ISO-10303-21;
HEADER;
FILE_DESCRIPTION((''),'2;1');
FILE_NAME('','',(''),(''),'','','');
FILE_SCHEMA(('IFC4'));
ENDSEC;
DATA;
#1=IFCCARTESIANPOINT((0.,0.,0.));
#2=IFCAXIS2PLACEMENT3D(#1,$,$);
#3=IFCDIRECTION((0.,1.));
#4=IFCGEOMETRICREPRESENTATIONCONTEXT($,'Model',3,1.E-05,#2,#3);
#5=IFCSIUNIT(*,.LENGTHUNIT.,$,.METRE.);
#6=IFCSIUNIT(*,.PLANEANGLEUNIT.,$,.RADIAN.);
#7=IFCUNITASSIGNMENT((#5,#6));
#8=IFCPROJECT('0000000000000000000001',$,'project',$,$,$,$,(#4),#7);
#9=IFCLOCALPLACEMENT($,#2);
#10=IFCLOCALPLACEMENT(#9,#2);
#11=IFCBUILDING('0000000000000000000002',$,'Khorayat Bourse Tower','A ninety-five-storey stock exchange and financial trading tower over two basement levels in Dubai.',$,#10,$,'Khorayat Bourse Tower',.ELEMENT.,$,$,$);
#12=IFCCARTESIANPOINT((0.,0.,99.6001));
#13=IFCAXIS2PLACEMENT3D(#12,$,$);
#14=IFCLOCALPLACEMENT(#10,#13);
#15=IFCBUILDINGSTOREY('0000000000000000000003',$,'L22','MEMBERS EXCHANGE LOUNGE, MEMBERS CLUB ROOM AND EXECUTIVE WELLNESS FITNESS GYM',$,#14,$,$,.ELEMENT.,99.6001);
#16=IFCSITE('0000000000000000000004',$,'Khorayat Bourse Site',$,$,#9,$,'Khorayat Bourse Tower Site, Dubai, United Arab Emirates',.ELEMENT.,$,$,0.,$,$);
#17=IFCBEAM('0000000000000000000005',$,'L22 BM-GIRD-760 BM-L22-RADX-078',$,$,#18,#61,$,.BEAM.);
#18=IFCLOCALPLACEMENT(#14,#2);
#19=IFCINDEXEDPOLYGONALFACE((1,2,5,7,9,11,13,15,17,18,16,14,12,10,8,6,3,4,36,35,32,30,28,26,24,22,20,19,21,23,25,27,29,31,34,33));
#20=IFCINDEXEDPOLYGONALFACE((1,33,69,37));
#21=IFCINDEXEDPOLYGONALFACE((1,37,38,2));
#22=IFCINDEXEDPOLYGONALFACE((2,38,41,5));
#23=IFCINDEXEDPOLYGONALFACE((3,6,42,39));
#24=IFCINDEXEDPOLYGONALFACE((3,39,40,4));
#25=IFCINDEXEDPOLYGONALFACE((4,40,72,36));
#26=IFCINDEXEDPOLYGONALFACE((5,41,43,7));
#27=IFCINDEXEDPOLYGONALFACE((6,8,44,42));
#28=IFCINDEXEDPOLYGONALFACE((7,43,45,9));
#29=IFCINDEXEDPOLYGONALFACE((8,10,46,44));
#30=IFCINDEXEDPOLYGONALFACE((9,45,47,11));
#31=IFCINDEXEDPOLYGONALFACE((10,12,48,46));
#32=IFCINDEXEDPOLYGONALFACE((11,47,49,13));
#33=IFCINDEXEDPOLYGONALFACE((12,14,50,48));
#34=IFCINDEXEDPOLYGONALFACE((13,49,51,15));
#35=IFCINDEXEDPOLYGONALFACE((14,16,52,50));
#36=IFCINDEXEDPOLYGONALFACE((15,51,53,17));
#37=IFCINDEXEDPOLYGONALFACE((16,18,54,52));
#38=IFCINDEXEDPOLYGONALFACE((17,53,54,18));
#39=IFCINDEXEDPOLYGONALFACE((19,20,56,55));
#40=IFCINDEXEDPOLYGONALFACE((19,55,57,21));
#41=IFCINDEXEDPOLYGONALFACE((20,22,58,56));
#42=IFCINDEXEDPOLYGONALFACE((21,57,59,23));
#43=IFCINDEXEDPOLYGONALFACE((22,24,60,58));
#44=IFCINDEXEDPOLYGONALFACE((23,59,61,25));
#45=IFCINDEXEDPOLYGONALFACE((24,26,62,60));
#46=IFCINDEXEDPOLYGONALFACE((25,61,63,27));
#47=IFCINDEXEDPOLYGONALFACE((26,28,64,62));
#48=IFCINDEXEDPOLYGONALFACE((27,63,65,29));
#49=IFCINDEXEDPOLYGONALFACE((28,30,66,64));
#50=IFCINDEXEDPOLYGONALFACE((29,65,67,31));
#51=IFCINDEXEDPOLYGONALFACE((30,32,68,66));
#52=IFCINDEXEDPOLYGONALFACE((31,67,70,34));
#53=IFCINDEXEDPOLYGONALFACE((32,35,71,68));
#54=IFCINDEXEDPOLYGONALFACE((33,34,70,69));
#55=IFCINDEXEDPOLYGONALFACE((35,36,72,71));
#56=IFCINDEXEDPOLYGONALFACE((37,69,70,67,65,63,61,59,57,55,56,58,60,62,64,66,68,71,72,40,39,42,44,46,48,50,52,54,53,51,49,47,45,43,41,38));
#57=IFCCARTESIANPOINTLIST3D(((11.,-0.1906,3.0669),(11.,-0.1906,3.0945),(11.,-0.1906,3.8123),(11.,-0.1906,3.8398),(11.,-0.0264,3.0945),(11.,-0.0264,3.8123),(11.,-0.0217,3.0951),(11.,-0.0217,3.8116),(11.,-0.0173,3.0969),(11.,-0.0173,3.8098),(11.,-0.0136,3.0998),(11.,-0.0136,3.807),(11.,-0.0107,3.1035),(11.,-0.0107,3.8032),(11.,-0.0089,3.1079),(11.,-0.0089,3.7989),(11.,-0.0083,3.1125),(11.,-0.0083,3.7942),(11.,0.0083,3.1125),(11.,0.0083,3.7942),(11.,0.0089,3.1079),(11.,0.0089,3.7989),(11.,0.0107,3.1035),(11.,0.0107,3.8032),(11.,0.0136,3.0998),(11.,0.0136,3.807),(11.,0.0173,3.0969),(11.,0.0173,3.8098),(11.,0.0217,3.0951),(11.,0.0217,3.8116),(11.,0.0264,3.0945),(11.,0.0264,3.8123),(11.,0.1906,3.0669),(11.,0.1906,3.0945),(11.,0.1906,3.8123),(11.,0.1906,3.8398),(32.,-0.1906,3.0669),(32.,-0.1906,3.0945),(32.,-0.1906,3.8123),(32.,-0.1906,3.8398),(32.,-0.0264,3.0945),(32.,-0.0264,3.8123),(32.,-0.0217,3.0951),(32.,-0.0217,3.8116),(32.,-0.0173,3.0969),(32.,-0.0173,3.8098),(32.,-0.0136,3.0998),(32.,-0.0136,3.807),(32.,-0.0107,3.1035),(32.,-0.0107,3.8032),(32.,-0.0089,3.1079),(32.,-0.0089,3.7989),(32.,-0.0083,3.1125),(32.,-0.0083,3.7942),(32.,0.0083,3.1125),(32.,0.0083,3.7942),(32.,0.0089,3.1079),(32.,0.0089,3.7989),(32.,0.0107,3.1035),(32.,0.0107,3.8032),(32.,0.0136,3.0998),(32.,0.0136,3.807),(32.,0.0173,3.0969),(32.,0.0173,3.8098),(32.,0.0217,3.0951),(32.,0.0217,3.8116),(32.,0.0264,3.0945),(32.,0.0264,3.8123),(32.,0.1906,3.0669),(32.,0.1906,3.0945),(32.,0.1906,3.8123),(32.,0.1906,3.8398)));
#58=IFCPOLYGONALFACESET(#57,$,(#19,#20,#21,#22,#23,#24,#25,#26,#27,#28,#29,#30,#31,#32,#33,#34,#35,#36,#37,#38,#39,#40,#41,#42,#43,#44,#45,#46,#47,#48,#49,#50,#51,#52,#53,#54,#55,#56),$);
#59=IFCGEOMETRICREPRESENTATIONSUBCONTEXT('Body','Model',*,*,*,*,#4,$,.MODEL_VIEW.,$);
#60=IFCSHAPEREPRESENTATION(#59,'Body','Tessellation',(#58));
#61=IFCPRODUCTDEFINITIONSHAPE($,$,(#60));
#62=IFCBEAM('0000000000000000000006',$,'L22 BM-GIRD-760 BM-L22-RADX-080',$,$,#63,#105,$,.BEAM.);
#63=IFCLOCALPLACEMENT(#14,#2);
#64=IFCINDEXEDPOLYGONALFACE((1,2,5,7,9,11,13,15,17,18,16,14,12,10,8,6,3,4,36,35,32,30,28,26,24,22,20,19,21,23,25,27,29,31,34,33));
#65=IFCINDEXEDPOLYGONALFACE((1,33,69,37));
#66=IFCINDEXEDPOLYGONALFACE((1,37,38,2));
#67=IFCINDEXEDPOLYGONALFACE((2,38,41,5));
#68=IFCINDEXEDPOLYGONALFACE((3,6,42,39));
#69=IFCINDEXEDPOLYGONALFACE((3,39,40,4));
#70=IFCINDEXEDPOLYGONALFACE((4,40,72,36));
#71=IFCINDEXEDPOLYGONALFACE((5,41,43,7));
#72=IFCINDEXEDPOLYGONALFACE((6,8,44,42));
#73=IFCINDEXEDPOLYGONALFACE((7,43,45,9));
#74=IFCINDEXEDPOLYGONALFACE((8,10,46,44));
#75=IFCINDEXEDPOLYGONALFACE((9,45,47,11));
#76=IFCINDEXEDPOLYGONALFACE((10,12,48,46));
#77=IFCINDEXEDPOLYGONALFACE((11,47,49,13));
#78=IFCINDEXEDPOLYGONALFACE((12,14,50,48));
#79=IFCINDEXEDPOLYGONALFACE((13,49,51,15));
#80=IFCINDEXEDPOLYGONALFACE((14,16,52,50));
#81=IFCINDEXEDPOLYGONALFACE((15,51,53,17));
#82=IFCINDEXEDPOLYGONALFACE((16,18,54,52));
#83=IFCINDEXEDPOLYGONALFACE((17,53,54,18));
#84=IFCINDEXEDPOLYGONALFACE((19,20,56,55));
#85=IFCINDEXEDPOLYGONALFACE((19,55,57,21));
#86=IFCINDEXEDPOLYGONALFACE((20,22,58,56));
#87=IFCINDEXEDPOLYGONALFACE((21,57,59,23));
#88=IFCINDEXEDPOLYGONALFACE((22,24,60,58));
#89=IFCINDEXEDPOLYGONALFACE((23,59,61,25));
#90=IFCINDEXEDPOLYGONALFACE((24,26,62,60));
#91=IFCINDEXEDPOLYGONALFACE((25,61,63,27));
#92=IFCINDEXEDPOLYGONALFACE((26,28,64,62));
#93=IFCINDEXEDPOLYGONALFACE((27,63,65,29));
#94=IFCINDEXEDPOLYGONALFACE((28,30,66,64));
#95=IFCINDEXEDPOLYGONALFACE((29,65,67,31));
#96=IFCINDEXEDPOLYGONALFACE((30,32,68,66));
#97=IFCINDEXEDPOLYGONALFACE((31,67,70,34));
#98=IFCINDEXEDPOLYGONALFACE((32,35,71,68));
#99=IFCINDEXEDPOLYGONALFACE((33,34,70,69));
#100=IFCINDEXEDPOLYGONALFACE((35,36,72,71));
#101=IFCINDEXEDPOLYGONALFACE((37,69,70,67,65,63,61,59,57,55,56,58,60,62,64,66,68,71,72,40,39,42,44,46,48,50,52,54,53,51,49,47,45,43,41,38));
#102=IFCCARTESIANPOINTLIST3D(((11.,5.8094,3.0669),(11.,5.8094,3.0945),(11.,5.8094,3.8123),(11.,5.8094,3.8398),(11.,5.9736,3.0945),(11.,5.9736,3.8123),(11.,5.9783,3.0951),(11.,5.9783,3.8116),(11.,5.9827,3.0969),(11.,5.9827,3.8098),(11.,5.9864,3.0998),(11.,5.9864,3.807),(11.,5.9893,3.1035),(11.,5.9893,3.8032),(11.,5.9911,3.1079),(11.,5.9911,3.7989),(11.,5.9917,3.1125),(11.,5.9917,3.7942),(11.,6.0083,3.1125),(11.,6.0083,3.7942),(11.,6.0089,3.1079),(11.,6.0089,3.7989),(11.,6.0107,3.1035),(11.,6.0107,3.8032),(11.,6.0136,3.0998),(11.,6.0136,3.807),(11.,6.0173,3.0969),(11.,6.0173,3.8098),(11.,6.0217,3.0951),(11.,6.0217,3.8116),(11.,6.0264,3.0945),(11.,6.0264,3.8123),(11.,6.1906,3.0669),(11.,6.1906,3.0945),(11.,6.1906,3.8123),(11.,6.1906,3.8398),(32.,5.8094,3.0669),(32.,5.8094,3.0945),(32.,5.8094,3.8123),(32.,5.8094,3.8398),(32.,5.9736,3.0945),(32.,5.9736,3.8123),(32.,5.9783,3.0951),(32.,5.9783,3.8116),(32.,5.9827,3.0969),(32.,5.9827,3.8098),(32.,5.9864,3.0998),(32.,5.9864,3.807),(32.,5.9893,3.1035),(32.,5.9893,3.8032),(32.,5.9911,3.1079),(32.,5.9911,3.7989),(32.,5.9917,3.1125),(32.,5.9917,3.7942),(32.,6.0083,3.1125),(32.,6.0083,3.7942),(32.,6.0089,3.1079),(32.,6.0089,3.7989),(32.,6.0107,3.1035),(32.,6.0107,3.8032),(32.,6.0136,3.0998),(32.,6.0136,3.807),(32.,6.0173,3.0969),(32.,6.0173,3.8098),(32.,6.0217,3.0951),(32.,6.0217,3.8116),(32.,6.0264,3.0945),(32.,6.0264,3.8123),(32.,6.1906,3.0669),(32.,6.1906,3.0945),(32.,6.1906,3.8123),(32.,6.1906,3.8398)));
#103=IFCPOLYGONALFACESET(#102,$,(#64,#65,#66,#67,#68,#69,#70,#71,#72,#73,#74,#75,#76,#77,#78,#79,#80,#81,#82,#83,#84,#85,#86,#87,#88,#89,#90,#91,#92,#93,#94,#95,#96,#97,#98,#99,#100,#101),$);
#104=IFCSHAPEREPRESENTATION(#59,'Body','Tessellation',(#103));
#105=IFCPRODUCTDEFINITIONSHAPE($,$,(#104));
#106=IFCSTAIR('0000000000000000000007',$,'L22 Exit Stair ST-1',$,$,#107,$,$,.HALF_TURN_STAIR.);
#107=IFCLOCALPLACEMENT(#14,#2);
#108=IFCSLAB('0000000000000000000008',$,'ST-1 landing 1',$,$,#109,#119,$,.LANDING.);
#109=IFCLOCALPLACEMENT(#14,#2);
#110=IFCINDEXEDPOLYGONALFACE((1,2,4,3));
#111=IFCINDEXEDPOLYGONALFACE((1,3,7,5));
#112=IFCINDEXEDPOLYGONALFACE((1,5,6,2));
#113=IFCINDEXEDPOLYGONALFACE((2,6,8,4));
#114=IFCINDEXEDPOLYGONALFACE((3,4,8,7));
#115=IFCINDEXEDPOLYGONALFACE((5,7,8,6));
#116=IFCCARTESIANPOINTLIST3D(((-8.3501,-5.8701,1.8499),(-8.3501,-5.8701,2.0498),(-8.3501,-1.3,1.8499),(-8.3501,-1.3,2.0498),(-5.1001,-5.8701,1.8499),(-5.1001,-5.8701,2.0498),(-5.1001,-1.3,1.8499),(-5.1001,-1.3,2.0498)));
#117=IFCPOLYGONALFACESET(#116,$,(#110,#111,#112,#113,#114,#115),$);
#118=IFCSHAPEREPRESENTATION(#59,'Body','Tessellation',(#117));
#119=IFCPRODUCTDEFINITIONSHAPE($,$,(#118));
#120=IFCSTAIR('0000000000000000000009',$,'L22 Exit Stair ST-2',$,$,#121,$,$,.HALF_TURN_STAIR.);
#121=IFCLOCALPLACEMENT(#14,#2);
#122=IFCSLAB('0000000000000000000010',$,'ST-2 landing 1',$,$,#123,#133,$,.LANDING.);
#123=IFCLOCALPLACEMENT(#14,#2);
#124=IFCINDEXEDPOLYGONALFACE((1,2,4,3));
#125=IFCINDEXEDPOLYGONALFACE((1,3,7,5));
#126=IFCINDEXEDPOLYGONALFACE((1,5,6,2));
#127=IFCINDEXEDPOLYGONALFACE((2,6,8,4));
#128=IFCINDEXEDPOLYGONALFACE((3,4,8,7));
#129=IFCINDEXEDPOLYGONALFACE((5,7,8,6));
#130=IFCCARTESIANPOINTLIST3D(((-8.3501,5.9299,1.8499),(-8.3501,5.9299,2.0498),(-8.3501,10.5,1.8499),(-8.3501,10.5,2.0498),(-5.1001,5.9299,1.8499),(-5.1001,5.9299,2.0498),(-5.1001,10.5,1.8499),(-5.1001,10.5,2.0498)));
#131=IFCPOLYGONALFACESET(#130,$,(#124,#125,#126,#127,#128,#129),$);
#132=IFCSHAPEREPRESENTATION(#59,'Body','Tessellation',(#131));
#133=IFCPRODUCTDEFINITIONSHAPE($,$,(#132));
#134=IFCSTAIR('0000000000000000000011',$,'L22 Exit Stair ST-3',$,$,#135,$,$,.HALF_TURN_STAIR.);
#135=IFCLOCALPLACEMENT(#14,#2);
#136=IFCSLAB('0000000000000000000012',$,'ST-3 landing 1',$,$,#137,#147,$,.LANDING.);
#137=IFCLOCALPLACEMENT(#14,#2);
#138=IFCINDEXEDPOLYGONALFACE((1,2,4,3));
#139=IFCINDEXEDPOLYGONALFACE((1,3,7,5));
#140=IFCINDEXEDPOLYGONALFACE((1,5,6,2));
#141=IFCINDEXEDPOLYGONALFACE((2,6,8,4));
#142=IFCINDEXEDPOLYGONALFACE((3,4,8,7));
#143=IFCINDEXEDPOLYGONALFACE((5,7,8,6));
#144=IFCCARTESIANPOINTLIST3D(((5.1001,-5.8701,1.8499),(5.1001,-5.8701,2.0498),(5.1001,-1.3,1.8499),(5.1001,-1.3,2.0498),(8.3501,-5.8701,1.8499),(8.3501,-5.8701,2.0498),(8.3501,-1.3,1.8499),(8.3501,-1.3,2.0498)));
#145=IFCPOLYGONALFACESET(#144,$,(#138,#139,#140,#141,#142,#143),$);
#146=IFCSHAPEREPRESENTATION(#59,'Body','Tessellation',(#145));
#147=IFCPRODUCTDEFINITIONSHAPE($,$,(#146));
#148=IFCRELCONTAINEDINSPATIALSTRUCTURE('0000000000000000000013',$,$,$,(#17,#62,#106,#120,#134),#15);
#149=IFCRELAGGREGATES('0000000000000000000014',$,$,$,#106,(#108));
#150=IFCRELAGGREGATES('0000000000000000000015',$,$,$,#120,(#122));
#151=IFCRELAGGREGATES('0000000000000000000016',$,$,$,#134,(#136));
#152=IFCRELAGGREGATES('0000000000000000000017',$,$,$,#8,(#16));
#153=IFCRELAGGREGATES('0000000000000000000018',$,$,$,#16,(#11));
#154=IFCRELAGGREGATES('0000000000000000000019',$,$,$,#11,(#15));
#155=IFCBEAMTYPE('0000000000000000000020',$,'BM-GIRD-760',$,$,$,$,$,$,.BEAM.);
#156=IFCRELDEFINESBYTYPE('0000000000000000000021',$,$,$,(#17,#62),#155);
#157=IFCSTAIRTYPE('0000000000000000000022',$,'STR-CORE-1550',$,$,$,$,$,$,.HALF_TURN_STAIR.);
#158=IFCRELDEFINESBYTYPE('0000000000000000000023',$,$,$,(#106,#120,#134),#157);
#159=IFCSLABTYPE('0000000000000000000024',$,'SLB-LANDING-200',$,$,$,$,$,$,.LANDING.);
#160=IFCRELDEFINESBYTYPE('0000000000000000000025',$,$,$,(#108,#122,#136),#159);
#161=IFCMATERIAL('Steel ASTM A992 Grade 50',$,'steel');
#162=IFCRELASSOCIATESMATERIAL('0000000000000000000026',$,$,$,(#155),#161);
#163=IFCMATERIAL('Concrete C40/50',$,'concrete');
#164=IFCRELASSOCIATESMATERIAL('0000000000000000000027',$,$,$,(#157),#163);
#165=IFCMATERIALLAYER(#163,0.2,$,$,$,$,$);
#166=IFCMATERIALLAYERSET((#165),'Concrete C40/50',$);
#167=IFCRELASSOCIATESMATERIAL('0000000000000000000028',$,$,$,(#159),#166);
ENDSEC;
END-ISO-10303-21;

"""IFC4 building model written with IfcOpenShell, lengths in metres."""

from ifc_helpers import new_model, si_unit, direction, frame, origin, origin_2d, place, context, subcontext, project, spatial, polyline, i_section, outline, extrude, source, transform, mapped, material, layer, layer_set, material_profile, profile_set, type_object, element, aggregate, save


model = new_model("IFC4")

# Units and contexts
model_context = context("Model", 3, precision=1e-05, world=origin(), true_north=direction((0.0, 1.0)))
body_context = subcontext(model_context, "Body", "Model", "MODEL_VIEW")
ifc_project = project(units=[si_unit("LENGTHUNIT", "METRE"), si_unit("PLANEANGLEUNIT", "RADIAN")], contexts=[model_context])

# Site, building, storey
site_placement = place(None, origin())
site = spatial("IfcSite", under=ifc_project, at=site_placement, Name="Khorayat Bourse Site", LongName="Khorayat Bourse Tower Site, Dubai, United Arab Emirates", CompositionType="ELEMENT", RefElevation=0.0)
building_placement = place(site_placement, origin())
building = spatial("IfcBuilding", under=site, at=building_placement, Name="Khorayat Bourse Tower", Description="A ninety-five-storey stock exchange and financial trading tower over two basement levels in Dubai.", LongName="Khorayat Bourse Tower", CompositionType="ELEMENT")
storey_placement = place(building_placement, frame((0.0, 0.0, 99.6001)))
storey = spatial("IfcBuildingStorey", under=building, at=storey_placement, Name="L22", Description="MEMBERS EXCHANGE LOUNGE, MEMBERS CLUB ROOM AND EXECUTIVE WELLNESS FITNESS GYM", CompositionType="ELEMENT", Elevation=99.6001)

# Beams
ifc_material_1 = material(Name="Steel ASTM A992 Grade 50", Category="steel")
ifc_material_profile_1 = material_profile(ifc_material_1, i_section(OverallWidth=0.3811, OverallDepth=0.7729, WebThickness=0.0166, FlangeThickness=0.0276, FilletRadius=0.0181, at=origin_2d()), Name="W760X257")
ifc_profile_set_1 = profile_set([ifc_material_profile_1], Name="Steel ASTM A992 Grade 50")
beam_type_1 = type_object("IfcBeamType", Name="BM-GIRD-760", PredefinedType="BEAM", material=ifc_profile_set_1)
shared_shape_1 = source(origin(), body_context, "Body", "SweptSolid", [
    extrude(i_section(OverallWidth=0.3811, OverallDepth=0.7729, WebThickness=0.0166, FlangeThickness=0.0276, FilletRadius=0.0181, at=origin_2d()), origin(), (0.0, 0.0, 1.0), 21.0),
])
for number, where, z_axis, x_axis, name in (
    (1, (11.0, 0.0, 3.4534), (1.0, 0.0, 0.0), (0.0, 1.0, 0.0), "L22 BM-GIRD-760 BM-L22-RADX-078"),
    (2, (11.0, 6.0, 3.4534), (1.0, 0.0, 0.0), (0.0, 1.0, 0.0), "L22 BM-GIRD-760 BM-L22-RADX-080"),
):
    element("IfcBeam", number, at=place(storey_placement, frame(where, z_axis=z_axis, x_axis=x_axis)), inside=storey, type_object=beam_type_1, Name=name, PredefinedType="BEAM", context=body_context, shape_type="MappedRepresentation", body=[
        mapped(shared_shape_1, transform((0.0, 0.0, 0.0), scale=1.0)),
    ])

# Stairs, slabs
ifc_material_2 = material(Name="Concrete C40/50", Category="concrete")
stair_type = type_object("IfcStairType", Name="STR-CORE-1550", PredefinedType="HALF_TURN_STAIR", material=ifc_material_2)
stair_1_placement = place(storey_placement, origin())
stair_1 = element("IfcStair", 3, at=stair_1_placement, inside=storey, type_object=stair_type, Name="L22 Exit Stair ST-1", PredefinedType="HALF_TURN_STAIR")
ifc_layer_1 = layer(ifc_material_2, 0.2)
ifc_layer_set_1 = layer_set([ifc_layer_1], Name="Concrete C40/50")
slab_type_1 = type_object("IfcSlabType", Name="SLB-LANDING-200", PredefinedType="LANDING", material=ifc_layer_set_1)
slab_1_placement = place(storey_placement, frame((0.0, 0.0, 1.8499)))
slab_1 = element("IfcSlab", 4, at=slab_1_placement, type_object=slab_type_1, Name="ST-1 landing 1", PredefinedType="LANDING", context=body_context, shape_type="SweptSolid", body=[
    extrude(outline(polyline([(-5.1001, -5.8701), (-5.1001, -1.3), (-8.3501, -1.3), (-8.3501, -5.8701), (-5.1001, -5.8701)])), origin(), (0.0, 0.0, 1.0), 0.2),
])
aggregate(stair_1, [slab_1])
stair_2_placement = place(storey_placement, origin())
stair_2 = element("IfcStair", 5, at=stair_2_placement, inside=storey, type_object=stair_type, Name="L22 Exit Stair ST-2", PredefinedType="HALF_TURN_STAIR")
slab_2_placement = place(storey_placement, frame((0.0, 0.0, 1.8499)))
slab_2 = element("IfcSlab", 6, at=slab_2_placement, type_object=slab_type_1, Name="ST-2 landing 1", PredefinedType="LANDING", context=body_context, shape_type="SweptSolid", body=[
    extrude(outline(polyline([(-5.1001, 5.9299), (-5.1001, 10.5), (-8.3501, 10.5), (-8.3501, 5.9299), (-5.1001, 5.9299)])), origin(), (0.0, 0.0, 1.0), 0.2),
])
aggregate(stair_2, [slab_2])
stair_3_placement = place(storey_placement, origin())
stair_3 = element("IfcStair", 7, at=stair_3_placement, inside=storey, type_object=stair_type, Name="L22 Exit Stair ST-3", PredefinedType="HALF_TURN_STAIR")
slab_3_placement = place(storey_placement, frame((0.0, 0.0, 1.8499)))
slab_3 = element("IfcSlab", 8, at=slab_3_placement, type_object=slab_type_1, Name="ST-3 landing 1", PredefinedType="LANDING", context=body_context, shape_type="SweptSolid", body=[
    extrude(outline(polyline([(8.3501, -5.8701), (8.3501, -1.3), (5.1001, -1.3), (5.1001, -5.8701), (8.3501, -5.8701)])), origin(), (0.0, 0.0, 1.0), 0.2),
])
aggregate(stair_3, [slab_3])

save(model, "model.ifc")
